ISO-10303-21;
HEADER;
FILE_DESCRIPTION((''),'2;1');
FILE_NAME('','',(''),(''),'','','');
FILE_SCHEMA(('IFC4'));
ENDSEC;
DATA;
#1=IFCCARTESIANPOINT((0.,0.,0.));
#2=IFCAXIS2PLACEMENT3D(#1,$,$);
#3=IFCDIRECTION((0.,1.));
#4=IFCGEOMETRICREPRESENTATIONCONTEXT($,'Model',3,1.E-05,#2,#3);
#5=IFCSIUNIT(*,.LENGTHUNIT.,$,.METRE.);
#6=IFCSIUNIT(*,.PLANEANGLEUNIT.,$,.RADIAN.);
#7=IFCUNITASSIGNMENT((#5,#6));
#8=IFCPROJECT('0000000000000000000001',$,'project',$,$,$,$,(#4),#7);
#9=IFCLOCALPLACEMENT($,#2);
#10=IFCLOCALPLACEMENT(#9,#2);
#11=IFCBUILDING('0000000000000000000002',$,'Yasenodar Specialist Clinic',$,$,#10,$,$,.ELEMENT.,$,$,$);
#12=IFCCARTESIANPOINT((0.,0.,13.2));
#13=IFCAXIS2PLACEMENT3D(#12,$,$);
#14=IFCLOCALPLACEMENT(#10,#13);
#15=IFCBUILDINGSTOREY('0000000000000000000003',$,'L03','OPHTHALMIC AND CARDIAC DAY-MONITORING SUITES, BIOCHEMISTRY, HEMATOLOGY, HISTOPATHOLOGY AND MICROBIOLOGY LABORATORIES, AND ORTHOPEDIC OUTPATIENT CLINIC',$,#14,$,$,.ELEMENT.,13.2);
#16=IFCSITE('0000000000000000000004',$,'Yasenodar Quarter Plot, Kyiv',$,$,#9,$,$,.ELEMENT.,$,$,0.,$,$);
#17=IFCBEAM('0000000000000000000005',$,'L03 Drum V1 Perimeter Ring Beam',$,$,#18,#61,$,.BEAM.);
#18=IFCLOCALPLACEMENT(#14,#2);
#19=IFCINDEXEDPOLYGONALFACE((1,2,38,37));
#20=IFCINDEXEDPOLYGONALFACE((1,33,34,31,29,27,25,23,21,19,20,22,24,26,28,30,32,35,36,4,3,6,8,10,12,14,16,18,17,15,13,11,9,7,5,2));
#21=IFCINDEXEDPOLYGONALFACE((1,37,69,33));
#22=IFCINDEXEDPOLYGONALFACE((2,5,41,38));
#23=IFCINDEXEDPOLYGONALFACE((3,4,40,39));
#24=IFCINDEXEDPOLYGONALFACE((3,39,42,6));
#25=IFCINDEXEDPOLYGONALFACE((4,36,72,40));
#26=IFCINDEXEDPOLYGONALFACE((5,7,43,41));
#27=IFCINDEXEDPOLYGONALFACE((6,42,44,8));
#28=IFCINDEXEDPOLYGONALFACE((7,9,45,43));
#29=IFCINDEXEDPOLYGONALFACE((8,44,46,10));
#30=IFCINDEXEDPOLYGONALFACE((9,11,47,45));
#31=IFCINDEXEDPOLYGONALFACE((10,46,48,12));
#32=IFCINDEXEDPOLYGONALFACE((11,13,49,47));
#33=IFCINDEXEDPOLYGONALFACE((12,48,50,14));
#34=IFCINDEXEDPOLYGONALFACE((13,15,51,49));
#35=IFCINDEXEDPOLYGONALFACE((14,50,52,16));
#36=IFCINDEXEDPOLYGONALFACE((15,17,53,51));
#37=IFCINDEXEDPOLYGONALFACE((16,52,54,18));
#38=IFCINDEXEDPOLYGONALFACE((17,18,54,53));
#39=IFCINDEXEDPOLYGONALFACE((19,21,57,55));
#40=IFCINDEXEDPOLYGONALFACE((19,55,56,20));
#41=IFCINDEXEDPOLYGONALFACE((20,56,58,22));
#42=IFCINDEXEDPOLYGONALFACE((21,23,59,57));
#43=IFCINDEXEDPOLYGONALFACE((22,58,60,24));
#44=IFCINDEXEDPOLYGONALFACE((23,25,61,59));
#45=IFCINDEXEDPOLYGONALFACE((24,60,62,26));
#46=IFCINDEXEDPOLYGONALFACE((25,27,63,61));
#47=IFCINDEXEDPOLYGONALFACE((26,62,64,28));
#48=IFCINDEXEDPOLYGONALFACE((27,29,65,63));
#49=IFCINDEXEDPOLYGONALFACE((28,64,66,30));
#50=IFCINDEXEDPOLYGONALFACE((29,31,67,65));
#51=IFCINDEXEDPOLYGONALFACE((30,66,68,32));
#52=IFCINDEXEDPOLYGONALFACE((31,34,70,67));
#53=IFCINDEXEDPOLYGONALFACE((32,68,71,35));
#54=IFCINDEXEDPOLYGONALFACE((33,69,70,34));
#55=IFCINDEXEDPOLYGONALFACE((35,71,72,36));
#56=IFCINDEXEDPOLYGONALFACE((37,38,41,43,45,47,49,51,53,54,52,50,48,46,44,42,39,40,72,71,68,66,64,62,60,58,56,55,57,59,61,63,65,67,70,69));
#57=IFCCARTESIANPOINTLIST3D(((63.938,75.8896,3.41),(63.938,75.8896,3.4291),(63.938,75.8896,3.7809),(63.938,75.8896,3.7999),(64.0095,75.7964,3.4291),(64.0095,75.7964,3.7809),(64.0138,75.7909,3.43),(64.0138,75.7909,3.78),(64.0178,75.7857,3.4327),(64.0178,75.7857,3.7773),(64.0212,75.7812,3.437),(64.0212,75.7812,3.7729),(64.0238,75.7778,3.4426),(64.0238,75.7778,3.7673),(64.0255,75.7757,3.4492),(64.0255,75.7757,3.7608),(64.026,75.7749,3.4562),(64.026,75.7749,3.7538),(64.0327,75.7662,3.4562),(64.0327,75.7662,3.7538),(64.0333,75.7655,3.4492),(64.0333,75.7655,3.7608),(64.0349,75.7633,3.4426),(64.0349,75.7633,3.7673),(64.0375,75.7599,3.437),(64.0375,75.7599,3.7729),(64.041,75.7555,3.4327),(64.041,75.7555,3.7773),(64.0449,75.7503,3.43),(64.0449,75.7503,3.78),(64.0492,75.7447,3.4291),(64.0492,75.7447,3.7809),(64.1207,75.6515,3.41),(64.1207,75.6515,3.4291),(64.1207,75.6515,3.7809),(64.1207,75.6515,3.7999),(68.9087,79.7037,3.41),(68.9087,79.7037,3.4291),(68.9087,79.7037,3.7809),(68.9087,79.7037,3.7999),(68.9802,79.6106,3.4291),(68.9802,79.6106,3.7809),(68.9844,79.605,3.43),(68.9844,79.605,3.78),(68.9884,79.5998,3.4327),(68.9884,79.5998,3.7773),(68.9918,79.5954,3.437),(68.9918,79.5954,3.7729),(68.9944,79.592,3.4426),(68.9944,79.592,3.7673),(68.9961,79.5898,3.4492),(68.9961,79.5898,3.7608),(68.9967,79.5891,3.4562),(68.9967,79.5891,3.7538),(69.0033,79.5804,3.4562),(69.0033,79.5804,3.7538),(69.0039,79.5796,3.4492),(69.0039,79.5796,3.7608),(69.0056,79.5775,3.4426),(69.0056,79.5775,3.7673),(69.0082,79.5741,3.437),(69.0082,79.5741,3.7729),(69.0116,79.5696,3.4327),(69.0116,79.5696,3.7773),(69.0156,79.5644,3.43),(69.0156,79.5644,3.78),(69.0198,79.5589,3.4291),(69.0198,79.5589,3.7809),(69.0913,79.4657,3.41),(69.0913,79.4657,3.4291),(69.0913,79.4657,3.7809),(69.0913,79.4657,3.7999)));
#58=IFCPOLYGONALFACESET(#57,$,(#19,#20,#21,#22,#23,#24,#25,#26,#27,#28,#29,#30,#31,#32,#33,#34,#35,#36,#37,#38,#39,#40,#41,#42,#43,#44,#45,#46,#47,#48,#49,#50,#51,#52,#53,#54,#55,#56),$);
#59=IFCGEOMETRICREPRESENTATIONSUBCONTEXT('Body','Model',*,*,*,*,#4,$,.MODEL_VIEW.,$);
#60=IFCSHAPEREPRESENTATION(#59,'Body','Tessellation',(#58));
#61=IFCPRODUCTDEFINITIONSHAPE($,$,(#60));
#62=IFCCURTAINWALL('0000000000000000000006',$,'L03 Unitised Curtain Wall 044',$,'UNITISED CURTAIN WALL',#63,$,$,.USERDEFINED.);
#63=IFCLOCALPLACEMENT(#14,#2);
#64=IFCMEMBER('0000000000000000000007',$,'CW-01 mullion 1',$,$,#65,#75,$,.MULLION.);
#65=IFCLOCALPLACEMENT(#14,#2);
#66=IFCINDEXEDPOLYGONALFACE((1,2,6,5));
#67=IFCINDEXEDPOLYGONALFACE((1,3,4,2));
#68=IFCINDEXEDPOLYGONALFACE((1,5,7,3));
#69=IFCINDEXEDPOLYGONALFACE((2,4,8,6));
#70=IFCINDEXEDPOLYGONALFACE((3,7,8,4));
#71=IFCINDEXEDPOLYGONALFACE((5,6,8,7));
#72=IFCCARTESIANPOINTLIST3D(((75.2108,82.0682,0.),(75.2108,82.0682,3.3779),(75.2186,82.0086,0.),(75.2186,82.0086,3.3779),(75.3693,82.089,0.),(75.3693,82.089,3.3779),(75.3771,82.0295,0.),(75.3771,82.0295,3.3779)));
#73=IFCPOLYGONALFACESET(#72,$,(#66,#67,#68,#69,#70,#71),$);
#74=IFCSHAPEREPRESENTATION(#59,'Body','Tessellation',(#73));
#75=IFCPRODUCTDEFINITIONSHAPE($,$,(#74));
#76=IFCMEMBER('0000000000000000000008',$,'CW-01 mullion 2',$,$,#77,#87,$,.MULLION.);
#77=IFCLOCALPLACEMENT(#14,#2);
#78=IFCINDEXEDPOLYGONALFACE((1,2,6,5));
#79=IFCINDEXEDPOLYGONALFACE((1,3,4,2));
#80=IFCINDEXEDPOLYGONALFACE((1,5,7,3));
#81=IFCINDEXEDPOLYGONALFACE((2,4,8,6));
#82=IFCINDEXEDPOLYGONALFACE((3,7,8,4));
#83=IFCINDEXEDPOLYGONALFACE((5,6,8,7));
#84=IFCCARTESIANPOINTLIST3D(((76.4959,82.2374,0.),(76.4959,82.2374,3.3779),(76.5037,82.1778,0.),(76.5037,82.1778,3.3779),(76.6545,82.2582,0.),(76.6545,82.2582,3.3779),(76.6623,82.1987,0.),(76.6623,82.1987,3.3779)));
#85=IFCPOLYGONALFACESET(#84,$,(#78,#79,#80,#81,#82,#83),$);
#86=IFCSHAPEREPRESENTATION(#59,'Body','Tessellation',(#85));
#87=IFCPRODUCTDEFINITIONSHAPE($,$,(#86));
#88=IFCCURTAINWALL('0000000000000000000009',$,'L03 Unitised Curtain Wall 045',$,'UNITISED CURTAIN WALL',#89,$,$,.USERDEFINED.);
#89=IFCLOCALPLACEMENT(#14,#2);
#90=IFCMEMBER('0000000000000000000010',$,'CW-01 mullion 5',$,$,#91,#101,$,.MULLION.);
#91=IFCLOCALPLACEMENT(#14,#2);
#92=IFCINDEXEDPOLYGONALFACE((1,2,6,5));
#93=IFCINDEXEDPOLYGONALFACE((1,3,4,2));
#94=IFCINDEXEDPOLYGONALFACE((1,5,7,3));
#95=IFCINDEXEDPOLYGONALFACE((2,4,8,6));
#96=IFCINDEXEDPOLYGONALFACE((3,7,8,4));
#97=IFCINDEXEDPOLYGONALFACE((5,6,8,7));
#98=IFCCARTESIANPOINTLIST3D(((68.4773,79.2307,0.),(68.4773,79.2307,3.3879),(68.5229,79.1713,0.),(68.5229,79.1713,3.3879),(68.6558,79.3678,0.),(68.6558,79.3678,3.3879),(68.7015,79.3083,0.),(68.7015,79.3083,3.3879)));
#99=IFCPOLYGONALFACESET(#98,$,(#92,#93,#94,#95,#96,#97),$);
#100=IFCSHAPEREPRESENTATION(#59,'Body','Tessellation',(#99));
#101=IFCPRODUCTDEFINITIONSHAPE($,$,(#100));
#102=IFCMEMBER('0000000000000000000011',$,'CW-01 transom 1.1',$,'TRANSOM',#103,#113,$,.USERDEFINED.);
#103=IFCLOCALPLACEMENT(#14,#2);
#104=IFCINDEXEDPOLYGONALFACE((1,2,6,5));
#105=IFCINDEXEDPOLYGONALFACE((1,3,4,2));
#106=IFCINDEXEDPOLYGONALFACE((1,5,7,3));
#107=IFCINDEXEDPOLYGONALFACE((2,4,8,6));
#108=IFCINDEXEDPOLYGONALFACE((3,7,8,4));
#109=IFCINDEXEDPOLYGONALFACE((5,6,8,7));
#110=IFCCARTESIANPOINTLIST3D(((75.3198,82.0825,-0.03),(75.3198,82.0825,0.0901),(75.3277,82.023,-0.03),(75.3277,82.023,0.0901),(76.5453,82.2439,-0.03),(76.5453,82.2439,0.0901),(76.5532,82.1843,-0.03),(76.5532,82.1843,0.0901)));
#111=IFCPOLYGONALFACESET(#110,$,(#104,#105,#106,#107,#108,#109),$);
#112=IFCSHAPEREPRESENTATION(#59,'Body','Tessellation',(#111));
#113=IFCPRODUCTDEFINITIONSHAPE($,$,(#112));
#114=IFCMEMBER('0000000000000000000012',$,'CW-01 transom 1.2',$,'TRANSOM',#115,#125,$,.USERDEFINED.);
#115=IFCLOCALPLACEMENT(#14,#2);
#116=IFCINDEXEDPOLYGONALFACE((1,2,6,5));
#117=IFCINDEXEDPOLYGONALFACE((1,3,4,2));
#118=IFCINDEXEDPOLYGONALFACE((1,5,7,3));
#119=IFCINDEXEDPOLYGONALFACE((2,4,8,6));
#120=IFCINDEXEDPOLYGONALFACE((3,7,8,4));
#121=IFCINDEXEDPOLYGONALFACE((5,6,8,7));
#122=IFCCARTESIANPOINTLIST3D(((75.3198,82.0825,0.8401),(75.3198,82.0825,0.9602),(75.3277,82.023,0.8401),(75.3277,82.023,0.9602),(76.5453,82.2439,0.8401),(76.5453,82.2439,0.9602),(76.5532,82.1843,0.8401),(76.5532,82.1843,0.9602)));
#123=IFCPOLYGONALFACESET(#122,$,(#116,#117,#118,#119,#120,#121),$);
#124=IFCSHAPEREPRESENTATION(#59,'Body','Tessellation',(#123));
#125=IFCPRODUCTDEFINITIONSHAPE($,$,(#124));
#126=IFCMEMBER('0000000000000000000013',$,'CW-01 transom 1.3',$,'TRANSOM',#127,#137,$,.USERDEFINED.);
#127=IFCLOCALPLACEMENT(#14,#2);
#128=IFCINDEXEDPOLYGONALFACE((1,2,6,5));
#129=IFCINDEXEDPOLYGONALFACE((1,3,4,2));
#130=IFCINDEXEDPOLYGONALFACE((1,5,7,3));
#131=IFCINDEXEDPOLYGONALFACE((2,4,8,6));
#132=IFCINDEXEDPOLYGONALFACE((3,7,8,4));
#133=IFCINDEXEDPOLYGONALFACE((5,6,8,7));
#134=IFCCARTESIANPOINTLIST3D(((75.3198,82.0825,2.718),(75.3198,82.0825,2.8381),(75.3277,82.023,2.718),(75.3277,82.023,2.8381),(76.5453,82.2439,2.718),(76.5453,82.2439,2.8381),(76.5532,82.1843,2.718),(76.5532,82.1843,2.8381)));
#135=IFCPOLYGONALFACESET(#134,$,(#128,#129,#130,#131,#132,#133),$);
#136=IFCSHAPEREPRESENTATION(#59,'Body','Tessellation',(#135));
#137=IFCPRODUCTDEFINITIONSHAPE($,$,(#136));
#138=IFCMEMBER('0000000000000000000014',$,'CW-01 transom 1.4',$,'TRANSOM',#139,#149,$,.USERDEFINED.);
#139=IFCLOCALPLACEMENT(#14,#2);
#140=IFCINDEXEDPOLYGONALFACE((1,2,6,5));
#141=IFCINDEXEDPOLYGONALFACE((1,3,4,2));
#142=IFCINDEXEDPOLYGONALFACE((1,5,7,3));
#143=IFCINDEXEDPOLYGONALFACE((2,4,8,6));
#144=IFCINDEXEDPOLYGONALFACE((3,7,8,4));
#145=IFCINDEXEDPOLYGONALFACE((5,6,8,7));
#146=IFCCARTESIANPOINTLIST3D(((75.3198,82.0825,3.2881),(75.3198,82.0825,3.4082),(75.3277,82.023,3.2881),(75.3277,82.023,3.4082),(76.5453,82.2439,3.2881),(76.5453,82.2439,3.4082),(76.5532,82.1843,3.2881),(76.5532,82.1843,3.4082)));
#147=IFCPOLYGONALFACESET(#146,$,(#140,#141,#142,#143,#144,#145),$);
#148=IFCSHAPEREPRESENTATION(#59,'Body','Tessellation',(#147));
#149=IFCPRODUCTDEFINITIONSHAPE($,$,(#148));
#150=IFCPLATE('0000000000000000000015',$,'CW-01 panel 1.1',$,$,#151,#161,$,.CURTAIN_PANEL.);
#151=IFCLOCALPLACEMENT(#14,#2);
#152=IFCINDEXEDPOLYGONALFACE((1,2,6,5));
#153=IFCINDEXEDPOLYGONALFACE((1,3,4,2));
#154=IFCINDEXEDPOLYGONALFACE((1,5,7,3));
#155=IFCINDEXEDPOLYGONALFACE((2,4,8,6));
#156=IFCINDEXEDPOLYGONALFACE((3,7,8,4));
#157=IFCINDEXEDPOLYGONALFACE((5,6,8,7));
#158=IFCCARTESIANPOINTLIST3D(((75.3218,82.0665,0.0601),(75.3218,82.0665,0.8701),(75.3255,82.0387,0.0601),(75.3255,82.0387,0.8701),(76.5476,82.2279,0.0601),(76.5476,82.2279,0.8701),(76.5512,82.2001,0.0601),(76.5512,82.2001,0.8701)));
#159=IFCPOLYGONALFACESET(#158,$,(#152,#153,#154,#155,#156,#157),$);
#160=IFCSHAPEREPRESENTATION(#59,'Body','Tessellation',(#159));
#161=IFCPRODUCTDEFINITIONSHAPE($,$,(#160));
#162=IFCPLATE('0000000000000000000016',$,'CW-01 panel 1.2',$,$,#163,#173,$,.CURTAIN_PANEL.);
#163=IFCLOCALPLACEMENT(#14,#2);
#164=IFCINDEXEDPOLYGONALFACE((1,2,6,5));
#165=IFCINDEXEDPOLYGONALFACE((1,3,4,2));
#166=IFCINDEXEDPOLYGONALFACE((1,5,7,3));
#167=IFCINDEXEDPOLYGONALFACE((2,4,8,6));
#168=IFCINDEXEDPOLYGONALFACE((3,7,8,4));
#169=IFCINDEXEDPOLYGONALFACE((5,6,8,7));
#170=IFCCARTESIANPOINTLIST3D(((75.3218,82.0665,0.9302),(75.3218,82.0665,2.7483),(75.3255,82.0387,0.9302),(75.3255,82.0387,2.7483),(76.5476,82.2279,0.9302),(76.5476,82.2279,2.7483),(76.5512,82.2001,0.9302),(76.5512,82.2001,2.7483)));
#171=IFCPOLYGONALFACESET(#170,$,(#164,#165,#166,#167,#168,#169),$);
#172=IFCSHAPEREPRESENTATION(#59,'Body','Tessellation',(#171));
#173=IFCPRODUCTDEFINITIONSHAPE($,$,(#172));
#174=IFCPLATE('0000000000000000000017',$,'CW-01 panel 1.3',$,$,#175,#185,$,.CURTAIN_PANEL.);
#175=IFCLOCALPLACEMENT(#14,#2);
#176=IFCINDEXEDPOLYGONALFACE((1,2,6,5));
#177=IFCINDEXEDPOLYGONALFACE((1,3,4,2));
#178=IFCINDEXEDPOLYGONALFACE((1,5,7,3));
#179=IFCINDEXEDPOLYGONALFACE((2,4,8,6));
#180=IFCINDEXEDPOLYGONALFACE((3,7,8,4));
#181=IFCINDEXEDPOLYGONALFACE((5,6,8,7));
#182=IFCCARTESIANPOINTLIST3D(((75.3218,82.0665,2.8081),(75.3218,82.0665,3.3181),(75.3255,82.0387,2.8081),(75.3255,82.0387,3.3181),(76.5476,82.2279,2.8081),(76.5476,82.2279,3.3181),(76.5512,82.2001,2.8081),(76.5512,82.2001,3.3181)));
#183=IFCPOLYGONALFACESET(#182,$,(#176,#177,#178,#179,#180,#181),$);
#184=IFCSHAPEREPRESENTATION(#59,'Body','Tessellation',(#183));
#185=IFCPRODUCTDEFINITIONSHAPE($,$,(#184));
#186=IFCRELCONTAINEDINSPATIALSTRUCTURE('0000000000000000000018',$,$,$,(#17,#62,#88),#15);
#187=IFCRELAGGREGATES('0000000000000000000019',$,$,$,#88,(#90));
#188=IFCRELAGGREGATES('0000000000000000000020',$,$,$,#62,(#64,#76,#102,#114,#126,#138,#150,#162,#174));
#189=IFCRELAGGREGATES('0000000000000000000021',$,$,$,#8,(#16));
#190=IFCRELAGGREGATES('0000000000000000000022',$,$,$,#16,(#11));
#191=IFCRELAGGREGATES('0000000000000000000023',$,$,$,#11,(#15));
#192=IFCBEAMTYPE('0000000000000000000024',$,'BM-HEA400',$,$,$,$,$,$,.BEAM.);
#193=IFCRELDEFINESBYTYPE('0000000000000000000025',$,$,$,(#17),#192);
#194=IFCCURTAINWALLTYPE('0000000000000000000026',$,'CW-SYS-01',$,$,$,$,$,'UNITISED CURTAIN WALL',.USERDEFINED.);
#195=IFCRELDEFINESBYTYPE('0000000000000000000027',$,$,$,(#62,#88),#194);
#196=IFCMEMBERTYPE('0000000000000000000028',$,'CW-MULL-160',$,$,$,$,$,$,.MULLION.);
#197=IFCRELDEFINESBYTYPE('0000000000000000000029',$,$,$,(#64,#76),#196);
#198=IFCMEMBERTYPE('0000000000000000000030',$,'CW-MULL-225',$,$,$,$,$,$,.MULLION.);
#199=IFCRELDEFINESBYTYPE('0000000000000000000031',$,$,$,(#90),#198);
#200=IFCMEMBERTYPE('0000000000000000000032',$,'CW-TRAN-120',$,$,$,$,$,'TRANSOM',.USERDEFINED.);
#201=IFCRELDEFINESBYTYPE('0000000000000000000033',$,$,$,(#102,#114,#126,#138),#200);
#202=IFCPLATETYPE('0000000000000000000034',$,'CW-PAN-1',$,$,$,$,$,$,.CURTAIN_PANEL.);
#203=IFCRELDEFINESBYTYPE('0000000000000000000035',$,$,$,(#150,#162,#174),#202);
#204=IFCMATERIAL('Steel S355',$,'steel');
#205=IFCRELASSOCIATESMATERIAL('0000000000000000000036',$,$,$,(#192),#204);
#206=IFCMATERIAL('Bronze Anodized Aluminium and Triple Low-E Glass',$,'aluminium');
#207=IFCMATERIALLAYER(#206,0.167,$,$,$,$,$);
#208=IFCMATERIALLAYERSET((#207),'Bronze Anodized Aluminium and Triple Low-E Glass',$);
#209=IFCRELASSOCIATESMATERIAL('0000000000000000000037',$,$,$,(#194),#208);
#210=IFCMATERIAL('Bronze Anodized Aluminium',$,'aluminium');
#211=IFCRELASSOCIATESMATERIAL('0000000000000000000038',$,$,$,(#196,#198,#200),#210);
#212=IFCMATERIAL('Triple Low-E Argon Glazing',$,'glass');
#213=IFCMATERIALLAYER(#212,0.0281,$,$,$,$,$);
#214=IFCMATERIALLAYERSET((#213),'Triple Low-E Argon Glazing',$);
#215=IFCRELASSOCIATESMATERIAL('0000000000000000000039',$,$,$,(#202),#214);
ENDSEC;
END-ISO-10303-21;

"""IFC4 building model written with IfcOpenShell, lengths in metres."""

from ifc_helpers import new_model, si_unit, direction, frame, origin, origin_2d, place, context, subcontext, project, spatial, rectangle, i_section, extrude, material, layer, layer_set, material_profile, profile_set, type_object, element, aggregate, save


model = new_model("IFC4")

# Units and contexts
model_context = context("Model", 3, precision=1e-05, world=origin(), true_north=direction((0.0, 1.0)))
body_context = subcontext(model_context, "Body", "Model", "MODEL_VIEW")
ifc_project = project(units=[si_unit("LENGTHUNIT", "METRE"), si_unit("PLANEANGLEUNIT", "RADIAN")], contexts=[model_context])

# Site, building, storey
site_placement = place(None, origin())
site = spatial("IfcSite", under=ifc_project, at=site_placement, Name="Yasenodar Quarter Plot, Kyiv", CompositionType="ELEMENT", RefElevation=0.0)
building_placement = place(site_placement, origin())
building = spatial("IfcBuilding", under=site, at=building_placement, Name="Yasenodar Specialist Clinic", CompositionType="ELEMENT")
storey_placement = place(building_placement, frame((0.0, 0.0, 13.2)))
storey = spatial("IfcBuildingStorey", under=building, at=storey_placement, Name="L03", Description="OPHTHALMIC AND CARDIAC DAY-MONITORING SUITES, BIOCHEMISTRY, HEMATOLOGY, HISTOPATHOLOGY AND MICROBIOLOGY LABORATORIES, AND ORTHOPEDIC OUTPATIENT CLINIC", CompositionType="ELEMENT", Elevation=13.2)

# Shared definitions
ifc_material_1 = material(Name="Steel S355", Category="steel")

# Beam
ifc_material_profile_1 = material_profile(ifc_material_1, i_section(OverallWidth=0.3, OverallDepth=0.3899, WebThickness=0.011, FlangeThickness=0.019, FilletRadius=0.0271, at=origin_2d()), Name="HEA 400")
ifc_profile_set_1 = profile_set([ifc_material_profile_1], Name="Steel S355")
beam_type = type_object("IfcBeamType", Name="BM-HEA400", PredefinedType="BEAM", material=ifc_profile_set_1)
beam_1_placement = place(storey_placement, frame((69.0, 79.5847, 3.605), z_axis=(-0.793349, -0.608767, 0.0), x_axis=(0.608767, -0.793349, 0.0)))
element("IfcBeam", 1, at=beam_1_placement, inside=storey, type_object=beam_type, Name="L03 Drum V1 Perimeter Ring Beam", PredefinedType="BEAM", context=body_context, shape_type="SweptSolid", body=[
    extrude(i_section(OverallWidth=0.3, OverallDepth=0.3899, WebThickness=0.011, FlangeThickness=0.019, FilletRadius=0.0271, at=origin_2d()), origin(), (0.0, 0.0, 1.0), 6.2654),
])

# Curtain wall, members
ifc_material_2 = material(Name="Bronze Anodized Aluminium and Triple Low-E Glass", Category="aluminium")
ifc_layer_1 = layer(ifc_material_2, 0.167)
ifc_layer_set_1 = layer_set([ifc_layer_1], Name="Bronze Anodized Aluminium and Triple Low-E Glass")
curtain_wall_type = type_object("IfcCurtainWallType", Name="CW-SYS-01", ElementType="UNITISED CURTAIN WALL", PredefinedType="USERDEFINED", material=ifc_layer_set_1)
curtain_wall_1_placement = place(storey_placement, origin())
curtain_wall_1 = element("IfcCurtainWall", 2, at=curtain_wall_1_placement, inside=storey, type_object=curtain_wall_type, Name="L03 Unitised Curtain Wall 044", ObjectType="UNITISED CURTAIN WALL", PredefinedType="USERDEFINED")
ifc_material_3 = material(Name="Bronze Anodized Aluminium", Category="aluminium")
ifc_material_profile_2 = material_profile(ifc_material_3, rectangle(XDim=0.0601, YDim=0.1599, at=origin_2d()), Name="CW-MULL 60x160")
ifc_profile_set_2 = profile_set([ifc_material_profile_2], Name="Bronze Anodized Aluminium")
member_type_1 = type_object("IfcMemberType", Name="CW-MULL-160", PredefinedType="MULLION", material=ifc_profile_set_2)
member_1_placement = place(storey_placement, frame((75.2939, 82.0488, 0.0), z_axis=(0.0, 0.0, 1.0), x_axis=(-0.130512, 0.991447, 0.0)))
member_1 = element("IfcMember", 3, at=member_1_placement, type_object=member_type_1, Name="CW-01 mullion 1", PredefinedType="MULLION", context=body_context, shape_type="SweptSolid", body=[
    extrude(rectangle(XDim=0.0601, YDim=0.1599, at=origin_2d()), origin(), (0.0, 0.0, 1.0), 3.3779),
])
member_2_placement = place(storey_placement, frame((76.5791, 82.218, 0.0), z_axis=(0.0, 0.0, 1.0), x_axis=(-0.130512, 0.991447, 0.0)))
member_2 = element("IfcMember", 4, at=member_2_placement, type_object=member_type_1, Name="CW-01 mullion 2", PredefinedType="MULLION", context=body_context, shape_type="SweptSolid", body=[
    extrude(rectangle(XDim=0.0601, YDim=0.1599, at=origin_2d()), origin(), (0.0, 0.0, 1.0), 3.3779),
])

# Curtain wall, member
curtain_wall_2_placement = place(storey_placement, origin())
curtain_wall_2 = element("IfcCurtainWall", 5, at=curtain_wall_2_placement, inside=storey, type_object=curtain_wall_type, Name="L03 Unitised Curtain Wall 045", ObjectType="UNITISED CURTAIN WALL", PredefinedType="USERDEFINED")
ifc_material_profile_3 = material_profile(ifc_material_3, rectangle(XDim=0.075, YDim=0.2251, at=origin_2d()), Name="CW-MULL 75x225")
ifc_profile_set_3 = profile_set([ifc_material_profile_3], Name="Bronze Anodized Aluminium")
member_type_2 = type_object("IfcMemberType", Name="CW-MULL-225", PredefinedType="MULLION", material=ifc_profile_set_3)
member_3_placement = place(storey_placement, frame((68.5894, 79.2695, 0.0), z_axis=(0.0, 0.0, 1.0), x_axis=(-0.608752, 0.793361, 0.0)))
member_3 = element("IfcMember", 6, at=member_3_placement, type_object=member_type_2, Name="CW-01 mullion 5", PredefinedType="MULLION", context=body_context, shape_type="SweptSolid", body=[
    extrude(rectangle(XDim=0.075, YDim=0.2251, at=origin_2d()), origin(), (0.0, 0.0, 1.0), 3.3879),
])
aggregate(curtain_wall_2, [member_3])

# Members
ifc_material_profile_4 = material_profile(ifc_material_3, rectangle(XDim=0.0601, YDim=0.1201, at=origin_2d()), Name="CW-TRAN 60x120")
ifc_profile_set_4 = profile_set([ifc_material_profile_4], Name="Bronze Anodized Aluminium")
member_type_3 = type_object("IfcMemberType", Name="CW-TRAN-120", ElementType="TRANSOM", PredefinedType="USERDEFINED", material=ifc_profile_set_4)
member_4_placement = place(storey_placement, frame((75.3237, 82.0527, 0.03), z_axis=(0.991442, 0.130546, 0.0), x_axis=(-0.130546, 0.991442, 0.0)))
member_4 = element("IfcMember", 7, at=member_4_placement, type_object=member_type_3, Name="CW-01 transom 1.1", ObjectType="TRANSOM", PredefinedType="USERDEFINED", context=body_context, shape_type="SweptSolid", body=[
    extrude(rectangle(XDim=0.0601, YDim=0.1201, at=origin_2d()), origin(), (0.0, 0.0, 1.0), 1.2361),
])
member_5_placement = place(storey_placement, frame((75.3237, 82.0527, 0.9001), z_axis=(0.991442, 0.130546, 0.0), x_axis=(-0.130546, 0.991442, 0.0)))
member_5 = element("IfcMember", 8, at=member_5_placement, type_object=member_type_3, Name="CW-01 transom 1.2", ObjectType="TRANSOM", PredefinedType="USERDEFINED", context=body_context, shape_type="SweptSolid", body=[
    extrude(rectangle(XDim=0.0601, YDim=0.1201, at=origin_2d()), origin(), (0.0, 0.0, 1.0), 1.2361),
])
member_6_placement = place(storey_placement, frame((75.3237, 82.0527, 2.7781), z_axis=(0.991442, 0.130546, 0.0), x_axis=(-0.130546, 0.991442, 0.0)))
member_6 = element("IfcMember", 9, at=member_6_placement, type_object=member_type_3, Name="CW-01 transom 1.3", ObjectType="TRANSOM", PredefinedType="USERDEFINED", context=body_context, shape_type="SweptSolid", body=[
    extrude(rectangle(XDim=0.0601, YDim=0.1201, at=origin_2d()), origin(), (0.0, 0.0, 1.0), 1.2361),
])
member_7_placement = place(storey_placement, frame((75.3237, 82.0527, 3.3481), z_axis=(0.991442, 0.130546, 0.0), x_axis=(-0.130546, 0.991442, 0.0)))
member_7 = element("IfcMember", 10, at=member_7_placement, type_object=member_type_3, Name="CW-01 transom 1.4", ObjectType="TRANSOM", PredefinedType="USERDEFINED", context=body_context, shape_type="SweptSolid", body=[
    extrude(rectangle(XDim=0.0601, YDim=0.1201, at=origin_2d()), origin(), (0.0, 0.0, 1.0), 1.2361),
])

# Plates
ifc_material_4 = material(Name="Triple Low-E Argon Glazing", Category="glass")
ifc_layer_2 = layer(ifc_material_4, 0.0281)
ifc_layer_set_2 = layer_set([ifc_layer_2], Name="Triple Low-E Argon Glazing")
plate_type_1 = type_object("IfcPlateType", Name="CW-PAN-1", PredefinedType="CURTAIN_PANEL", material=ifc_layer_set_2)
plate_1_placement = place(storey_placement, frame((75.9365, 82.1333, 0.0601), z_axis=(0.0, 0.0, 1.0), x_axis=(0.991447, 0.130512, 0.0)))
plate_1 = element("IfcPlate", 11, at=plate_1_placement, type_object=plate_type_1, Name="CW-01 panel 1.1", PredefinedType="CURTAIN_PANEL", context=body_context, shape_type="SweptSolid", body=[
    extrude(rectangle(XDim=1.2363, YDim=0.0281, at=origin_2d()), origin(), (0.0, 0.0, 1.0), 0.8101),
])
plate_2_placement = place(storey_placement, frame((75.9365, 82.1333, 0.9302), z_axis=(0.0, 0.0, 1.0), x_axis=(0.991447, 0.130512, 0.0)))
plate_2 = element("IfcPlate", 12, at=plate_2_placement, type_object=plate_type_1, Name="CW-01 panel 1.2", PredefinedType="CURTAIN_PANEL", context=body_context, shape_type="SweptSolid", body=[
    extrude(rectangle(XDim=1.2363, YDim=0.0281, at=origin_2d()), origin(), (0.0, 0.0, 1.0), 1.8181),
])
plate_3_placement = place(storey_placement, frame((75.9365, 82.1333, 2.8081), z_axis=(0.0, 0.0, 1.0), x_axis=(0.991447, 0.130512, 0.0)))
plate_3 = element("IfcPlate", 13, at=plate_3_placement, type_object=plate_type_1, Name="CW-01 panel 1.3", PredefinedType="CURTAIN_PANEL", context=body_context, shape_type="SweptSolid", body=[
    extrude(rectangle(XDim=1.2363, YDim=0.0281, at=origin_2d()), origin(), (0.0, 0.0, 1.0), 0.51),
])
aggregate(curtain_wall_1, [member_1, member_2, member_4, member_5, member_6, member_7, plate_1, plate_2, plate_3])

save(model, "model.ifc")
